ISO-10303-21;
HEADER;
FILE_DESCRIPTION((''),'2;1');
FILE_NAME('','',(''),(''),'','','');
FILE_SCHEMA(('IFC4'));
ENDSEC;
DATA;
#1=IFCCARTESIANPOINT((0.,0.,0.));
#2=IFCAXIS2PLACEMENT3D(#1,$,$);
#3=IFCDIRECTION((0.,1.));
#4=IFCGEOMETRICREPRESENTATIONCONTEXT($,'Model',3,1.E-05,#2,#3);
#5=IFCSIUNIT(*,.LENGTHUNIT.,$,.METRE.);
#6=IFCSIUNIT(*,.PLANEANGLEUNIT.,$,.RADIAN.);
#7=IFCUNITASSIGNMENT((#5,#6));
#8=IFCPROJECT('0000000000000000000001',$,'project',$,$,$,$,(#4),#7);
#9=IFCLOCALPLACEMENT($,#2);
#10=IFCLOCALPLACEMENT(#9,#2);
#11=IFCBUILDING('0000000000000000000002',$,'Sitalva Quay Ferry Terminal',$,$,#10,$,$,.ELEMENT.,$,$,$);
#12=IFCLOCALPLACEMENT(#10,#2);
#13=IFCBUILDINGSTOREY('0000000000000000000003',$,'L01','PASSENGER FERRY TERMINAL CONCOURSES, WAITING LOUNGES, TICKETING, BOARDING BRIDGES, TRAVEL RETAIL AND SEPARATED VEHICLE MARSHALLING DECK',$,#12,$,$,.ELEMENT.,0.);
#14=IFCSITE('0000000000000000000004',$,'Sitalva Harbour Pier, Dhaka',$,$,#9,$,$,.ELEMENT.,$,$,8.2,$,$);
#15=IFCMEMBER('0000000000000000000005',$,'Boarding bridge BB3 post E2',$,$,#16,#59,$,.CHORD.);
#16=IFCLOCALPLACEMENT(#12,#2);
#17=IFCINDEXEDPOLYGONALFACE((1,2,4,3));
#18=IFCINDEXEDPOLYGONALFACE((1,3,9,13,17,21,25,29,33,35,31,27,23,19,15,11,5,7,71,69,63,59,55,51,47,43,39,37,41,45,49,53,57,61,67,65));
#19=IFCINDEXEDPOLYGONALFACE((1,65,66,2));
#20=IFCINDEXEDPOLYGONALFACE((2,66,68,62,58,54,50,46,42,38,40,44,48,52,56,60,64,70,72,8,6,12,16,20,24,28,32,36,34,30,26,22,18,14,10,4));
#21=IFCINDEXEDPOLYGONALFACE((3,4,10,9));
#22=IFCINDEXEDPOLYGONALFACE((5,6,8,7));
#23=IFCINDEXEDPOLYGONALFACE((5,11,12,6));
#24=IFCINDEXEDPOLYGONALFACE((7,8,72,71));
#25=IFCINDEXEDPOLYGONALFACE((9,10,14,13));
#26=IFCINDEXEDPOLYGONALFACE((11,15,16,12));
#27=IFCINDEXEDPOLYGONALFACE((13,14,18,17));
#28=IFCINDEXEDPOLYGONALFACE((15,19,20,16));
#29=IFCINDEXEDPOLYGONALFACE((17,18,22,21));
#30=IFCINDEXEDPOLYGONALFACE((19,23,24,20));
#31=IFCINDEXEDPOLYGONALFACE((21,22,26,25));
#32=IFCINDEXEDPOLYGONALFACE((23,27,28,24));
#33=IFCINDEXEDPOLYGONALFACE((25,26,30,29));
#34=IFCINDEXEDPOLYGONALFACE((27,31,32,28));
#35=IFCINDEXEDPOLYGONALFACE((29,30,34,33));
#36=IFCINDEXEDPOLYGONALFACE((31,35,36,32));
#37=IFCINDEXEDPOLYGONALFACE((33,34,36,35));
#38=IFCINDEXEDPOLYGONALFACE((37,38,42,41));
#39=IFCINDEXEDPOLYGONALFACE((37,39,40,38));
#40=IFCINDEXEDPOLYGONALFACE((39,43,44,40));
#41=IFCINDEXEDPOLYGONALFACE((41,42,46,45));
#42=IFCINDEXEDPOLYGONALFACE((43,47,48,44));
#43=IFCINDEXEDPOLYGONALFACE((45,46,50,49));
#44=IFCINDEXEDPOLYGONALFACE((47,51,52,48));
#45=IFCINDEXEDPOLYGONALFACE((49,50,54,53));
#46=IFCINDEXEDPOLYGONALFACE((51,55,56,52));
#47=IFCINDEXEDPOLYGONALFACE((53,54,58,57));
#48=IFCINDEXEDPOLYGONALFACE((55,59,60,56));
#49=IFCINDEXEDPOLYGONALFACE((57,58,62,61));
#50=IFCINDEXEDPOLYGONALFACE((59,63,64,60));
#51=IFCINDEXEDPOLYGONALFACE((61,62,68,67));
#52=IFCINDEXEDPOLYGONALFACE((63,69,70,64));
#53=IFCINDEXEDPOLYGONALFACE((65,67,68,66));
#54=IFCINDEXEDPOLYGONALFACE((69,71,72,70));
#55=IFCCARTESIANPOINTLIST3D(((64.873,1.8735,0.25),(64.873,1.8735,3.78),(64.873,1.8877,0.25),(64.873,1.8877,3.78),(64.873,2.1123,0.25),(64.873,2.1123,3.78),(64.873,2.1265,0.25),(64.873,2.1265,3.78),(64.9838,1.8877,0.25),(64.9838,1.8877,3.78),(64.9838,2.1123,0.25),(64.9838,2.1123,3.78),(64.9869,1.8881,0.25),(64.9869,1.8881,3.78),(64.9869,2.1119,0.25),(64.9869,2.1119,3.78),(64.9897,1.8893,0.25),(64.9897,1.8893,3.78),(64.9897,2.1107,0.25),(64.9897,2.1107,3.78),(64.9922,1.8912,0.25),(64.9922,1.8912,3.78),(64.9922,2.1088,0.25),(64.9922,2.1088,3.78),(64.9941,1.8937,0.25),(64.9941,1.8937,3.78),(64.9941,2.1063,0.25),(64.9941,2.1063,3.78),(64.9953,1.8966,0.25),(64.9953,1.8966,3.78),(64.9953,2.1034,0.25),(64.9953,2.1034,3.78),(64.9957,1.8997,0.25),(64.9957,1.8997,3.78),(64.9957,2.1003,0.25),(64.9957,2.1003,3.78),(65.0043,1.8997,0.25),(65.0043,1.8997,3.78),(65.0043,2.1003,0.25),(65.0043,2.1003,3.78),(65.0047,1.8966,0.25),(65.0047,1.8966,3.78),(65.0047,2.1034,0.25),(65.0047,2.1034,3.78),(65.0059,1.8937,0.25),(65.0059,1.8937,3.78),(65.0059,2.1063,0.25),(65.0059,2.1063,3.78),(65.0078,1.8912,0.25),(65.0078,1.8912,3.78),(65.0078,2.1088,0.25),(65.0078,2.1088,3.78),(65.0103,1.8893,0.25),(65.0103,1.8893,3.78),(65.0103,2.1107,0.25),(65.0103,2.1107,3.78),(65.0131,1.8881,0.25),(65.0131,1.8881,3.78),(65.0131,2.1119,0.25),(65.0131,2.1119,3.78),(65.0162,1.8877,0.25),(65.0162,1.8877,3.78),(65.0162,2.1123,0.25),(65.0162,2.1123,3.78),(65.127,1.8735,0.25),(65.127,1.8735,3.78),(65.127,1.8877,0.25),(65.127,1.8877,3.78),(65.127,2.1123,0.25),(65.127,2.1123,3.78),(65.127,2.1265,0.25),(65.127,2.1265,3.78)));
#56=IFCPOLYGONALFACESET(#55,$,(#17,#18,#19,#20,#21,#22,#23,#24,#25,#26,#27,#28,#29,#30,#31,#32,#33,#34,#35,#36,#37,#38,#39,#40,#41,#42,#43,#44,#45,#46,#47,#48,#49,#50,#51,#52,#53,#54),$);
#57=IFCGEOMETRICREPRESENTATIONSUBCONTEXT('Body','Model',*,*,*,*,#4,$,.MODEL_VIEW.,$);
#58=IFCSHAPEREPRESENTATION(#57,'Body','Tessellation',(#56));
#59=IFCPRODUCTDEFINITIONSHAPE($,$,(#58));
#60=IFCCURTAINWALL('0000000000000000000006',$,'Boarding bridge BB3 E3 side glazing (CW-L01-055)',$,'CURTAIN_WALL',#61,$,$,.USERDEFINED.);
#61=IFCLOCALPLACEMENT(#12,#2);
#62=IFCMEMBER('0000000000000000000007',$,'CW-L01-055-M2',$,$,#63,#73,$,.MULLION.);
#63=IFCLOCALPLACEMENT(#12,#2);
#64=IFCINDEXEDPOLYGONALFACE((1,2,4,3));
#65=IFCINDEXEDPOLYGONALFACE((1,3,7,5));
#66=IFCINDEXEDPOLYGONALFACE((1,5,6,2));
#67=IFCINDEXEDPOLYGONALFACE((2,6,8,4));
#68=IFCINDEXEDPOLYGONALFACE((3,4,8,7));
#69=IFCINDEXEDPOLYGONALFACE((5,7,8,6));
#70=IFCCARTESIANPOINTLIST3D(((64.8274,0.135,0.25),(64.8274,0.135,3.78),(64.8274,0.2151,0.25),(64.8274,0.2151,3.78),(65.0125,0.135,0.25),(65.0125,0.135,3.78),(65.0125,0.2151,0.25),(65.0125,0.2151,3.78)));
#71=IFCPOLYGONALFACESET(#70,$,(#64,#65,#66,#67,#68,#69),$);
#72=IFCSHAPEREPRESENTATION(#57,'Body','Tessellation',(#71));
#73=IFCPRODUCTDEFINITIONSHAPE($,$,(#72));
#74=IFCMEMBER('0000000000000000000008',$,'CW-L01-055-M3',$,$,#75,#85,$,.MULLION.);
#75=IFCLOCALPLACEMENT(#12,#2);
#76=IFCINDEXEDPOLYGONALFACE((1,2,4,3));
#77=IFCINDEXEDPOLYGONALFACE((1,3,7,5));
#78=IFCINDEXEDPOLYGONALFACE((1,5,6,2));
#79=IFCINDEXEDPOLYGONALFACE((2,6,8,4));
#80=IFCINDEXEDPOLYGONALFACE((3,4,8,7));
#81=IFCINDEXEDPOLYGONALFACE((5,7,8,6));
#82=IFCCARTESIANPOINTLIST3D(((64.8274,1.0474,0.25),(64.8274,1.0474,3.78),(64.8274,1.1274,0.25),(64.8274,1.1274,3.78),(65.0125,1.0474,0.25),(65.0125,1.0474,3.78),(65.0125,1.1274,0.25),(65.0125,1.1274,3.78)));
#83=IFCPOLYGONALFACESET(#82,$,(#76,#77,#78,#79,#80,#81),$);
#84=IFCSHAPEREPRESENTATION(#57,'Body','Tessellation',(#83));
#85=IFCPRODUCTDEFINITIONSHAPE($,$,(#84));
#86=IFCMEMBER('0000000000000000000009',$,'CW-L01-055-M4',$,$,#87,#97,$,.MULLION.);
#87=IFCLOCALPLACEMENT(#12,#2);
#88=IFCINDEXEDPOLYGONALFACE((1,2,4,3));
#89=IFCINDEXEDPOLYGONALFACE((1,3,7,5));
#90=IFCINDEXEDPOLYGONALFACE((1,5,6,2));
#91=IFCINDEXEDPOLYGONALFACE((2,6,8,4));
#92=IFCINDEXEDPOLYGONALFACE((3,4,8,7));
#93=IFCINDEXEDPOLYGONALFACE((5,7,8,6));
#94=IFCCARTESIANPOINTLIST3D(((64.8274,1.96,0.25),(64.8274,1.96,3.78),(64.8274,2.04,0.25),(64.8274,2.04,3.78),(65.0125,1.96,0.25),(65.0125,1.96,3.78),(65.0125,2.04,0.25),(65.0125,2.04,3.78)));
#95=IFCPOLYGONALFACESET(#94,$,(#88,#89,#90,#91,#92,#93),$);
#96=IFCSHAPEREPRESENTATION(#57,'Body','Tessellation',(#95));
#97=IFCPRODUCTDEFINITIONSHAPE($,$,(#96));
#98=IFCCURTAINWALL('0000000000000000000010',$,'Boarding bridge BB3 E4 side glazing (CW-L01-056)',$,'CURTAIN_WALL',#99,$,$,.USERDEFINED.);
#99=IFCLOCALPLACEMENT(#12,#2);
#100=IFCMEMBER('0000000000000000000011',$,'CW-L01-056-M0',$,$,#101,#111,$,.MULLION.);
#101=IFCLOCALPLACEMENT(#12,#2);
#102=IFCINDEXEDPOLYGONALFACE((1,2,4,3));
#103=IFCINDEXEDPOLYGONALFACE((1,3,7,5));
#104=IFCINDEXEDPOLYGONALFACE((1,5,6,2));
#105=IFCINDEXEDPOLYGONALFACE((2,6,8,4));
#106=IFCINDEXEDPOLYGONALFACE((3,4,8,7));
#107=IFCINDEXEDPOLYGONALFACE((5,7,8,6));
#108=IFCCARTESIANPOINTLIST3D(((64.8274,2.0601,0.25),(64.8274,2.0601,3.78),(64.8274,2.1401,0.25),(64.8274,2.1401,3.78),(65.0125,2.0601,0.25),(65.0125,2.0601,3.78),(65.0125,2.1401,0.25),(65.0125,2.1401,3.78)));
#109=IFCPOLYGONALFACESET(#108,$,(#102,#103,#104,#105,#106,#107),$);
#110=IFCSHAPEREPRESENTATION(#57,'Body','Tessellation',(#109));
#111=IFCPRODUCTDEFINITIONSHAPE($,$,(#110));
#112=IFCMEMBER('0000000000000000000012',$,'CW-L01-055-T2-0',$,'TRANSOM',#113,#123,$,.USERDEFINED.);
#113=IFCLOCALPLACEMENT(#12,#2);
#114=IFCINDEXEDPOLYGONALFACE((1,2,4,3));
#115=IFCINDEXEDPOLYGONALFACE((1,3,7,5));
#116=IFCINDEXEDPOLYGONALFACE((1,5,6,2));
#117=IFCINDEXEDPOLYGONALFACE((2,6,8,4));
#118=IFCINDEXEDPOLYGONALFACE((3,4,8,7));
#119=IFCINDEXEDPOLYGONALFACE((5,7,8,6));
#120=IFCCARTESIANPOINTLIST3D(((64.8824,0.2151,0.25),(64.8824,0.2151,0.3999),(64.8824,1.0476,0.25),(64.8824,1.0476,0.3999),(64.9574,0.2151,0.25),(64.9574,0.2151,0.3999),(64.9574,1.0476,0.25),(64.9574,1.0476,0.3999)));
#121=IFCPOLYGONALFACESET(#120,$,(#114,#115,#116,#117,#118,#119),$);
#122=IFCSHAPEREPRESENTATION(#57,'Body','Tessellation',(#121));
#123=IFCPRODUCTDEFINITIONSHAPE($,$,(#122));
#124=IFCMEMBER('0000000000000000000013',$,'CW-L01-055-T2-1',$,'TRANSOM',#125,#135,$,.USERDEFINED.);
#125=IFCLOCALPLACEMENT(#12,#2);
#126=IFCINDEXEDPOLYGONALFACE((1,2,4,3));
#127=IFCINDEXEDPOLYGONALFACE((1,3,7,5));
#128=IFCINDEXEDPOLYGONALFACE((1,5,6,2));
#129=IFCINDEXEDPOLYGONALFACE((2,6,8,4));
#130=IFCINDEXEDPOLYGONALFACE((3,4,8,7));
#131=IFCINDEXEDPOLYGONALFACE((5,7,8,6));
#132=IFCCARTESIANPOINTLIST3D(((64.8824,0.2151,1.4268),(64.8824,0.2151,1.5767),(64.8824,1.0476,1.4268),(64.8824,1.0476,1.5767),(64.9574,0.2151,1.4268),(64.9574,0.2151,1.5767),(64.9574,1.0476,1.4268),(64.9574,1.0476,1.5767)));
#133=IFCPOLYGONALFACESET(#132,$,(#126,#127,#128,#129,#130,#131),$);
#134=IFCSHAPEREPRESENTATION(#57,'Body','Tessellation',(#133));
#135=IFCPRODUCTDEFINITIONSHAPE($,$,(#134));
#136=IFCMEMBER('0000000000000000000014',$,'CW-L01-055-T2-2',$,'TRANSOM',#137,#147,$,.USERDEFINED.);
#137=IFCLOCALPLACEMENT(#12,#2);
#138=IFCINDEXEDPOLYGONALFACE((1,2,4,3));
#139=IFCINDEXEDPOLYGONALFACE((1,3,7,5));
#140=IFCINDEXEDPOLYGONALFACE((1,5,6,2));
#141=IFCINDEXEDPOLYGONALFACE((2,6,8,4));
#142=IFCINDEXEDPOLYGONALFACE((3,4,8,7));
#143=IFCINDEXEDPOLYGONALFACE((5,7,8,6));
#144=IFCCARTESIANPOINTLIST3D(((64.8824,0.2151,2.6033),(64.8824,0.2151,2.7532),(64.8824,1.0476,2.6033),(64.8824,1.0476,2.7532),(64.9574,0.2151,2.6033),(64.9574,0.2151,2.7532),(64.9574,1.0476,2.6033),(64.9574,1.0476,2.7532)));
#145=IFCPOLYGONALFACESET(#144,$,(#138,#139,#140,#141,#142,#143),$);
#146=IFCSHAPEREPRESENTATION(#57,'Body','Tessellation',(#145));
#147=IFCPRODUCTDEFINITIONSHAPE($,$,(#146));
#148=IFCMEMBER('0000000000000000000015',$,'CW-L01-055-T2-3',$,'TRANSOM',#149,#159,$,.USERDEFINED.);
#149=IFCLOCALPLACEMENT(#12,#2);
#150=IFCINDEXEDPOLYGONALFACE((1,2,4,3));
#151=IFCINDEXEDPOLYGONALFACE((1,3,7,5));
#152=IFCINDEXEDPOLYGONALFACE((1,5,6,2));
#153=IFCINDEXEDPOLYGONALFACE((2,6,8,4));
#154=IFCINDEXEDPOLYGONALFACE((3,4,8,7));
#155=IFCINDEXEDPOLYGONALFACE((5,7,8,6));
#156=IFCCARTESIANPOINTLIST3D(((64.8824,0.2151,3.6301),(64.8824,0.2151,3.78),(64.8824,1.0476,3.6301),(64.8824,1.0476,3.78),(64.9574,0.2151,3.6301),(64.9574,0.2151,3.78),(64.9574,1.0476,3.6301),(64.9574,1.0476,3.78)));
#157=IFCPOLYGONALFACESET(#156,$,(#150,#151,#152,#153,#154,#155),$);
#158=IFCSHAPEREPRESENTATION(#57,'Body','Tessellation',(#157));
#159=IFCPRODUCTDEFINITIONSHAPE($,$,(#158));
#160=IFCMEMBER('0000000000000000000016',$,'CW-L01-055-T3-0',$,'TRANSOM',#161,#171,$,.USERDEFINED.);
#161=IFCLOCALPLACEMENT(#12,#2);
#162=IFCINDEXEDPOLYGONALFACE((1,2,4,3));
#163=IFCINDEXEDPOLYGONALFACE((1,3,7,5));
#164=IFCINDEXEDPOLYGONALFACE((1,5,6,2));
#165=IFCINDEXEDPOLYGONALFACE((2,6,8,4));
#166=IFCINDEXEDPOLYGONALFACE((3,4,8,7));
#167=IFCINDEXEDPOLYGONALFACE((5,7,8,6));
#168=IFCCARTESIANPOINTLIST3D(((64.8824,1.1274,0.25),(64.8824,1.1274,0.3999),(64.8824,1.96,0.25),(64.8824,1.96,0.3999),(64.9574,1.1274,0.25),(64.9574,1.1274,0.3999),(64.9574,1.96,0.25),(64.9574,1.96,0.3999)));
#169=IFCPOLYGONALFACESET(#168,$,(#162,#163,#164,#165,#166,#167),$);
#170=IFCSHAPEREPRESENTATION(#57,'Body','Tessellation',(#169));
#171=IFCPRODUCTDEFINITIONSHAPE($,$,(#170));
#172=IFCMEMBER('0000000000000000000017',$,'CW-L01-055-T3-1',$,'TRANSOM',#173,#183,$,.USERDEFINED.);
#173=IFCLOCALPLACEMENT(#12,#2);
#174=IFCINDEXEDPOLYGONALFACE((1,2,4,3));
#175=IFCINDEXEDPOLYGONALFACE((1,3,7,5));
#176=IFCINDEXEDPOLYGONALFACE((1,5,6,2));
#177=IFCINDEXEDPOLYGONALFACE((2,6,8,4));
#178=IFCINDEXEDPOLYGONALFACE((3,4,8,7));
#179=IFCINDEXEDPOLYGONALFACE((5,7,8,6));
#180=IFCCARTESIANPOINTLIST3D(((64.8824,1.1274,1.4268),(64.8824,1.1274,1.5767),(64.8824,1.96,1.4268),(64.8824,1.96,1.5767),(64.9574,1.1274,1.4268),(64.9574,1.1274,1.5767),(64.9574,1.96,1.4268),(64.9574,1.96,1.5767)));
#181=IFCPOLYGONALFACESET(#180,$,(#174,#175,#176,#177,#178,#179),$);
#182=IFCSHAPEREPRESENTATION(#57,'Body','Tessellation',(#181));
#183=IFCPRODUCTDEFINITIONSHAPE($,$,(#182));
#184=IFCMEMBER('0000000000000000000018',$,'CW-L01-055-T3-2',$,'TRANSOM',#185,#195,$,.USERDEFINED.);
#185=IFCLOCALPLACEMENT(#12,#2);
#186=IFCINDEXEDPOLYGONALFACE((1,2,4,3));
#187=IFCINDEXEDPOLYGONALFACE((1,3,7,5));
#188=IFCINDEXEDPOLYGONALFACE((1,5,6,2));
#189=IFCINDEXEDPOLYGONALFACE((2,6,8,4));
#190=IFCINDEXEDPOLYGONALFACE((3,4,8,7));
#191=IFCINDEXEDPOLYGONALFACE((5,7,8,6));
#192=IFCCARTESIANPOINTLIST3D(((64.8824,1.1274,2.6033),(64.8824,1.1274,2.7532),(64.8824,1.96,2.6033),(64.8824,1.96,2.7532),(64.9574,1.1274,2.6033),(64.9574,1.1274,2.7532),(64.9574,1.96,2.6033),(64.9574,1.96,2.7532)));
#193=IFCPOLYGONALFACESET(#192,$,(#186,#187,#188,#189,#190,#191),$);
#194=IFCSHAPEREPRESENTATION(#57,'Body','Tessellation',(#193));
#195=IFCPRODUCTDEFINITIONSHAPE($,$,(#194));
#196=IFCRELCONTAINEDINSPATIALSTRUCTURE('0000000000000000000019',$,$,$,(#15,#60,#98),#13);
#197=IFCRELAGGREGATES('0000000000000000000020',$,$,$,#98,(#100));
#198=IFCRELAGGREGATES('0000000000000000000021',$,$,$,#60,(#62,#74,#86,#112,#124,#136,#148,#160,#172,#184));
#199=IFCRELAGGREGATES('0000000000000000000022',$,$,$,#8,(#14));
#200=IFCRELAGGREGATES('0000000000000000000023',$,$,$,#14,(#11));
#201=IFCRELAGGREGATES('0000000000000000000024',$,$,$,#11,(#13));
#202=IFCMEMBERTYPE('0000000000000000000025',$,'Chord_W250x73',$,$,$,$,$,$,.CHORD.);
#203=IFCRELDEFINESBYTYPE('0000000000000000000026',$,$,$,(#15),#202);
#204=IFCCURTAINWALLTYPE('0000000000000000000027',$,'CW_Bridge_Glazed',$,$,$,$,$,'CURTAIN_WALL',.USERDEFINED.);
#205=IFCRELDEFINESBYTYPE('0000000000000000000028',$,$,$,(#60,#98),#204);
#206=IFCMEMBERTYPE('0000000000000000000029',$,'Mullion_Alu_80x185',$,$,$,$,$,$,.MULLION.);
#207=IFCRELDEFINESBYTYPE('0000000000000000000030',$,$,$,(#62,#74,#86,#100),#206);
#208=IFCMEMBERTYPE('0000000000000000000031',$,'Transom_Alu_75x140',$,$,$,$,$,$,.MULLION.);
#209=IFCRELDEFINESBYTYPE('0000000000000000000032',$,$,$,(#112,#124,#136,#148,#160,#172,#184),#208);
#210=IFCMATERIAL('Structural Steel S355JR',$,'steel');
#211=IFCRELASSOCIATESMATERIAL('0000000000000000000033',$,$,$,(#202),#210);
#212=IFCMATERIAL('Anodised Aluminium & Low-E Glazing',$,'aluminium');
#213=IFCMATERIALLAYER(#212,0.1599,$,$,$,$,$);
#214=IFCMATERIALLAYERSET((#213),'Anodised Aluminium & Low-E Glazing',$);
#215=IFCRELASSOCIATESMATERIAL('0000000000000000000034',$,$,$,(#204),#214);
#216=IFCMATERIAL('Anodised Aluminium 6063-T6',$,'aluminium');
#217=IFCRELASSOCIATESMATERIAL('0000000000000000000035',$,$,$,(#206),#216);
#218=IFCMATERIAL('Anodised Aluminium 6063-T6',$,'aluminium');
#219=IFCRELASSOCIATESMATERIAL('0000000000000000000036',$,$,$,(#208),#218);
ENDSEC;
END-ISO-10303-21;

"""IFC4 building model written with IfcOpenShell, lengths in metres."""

from ifc_helpers import new_model, si_unit, direction, frame, origin, origin_2d, place, context, subcontext, project, spatial, rectangle, i_section, extrude, material, layer, layer_set, material_profile, profile_set, type_object, element, aggregate, save


model = new_model("IFC4")

# Units and contexts
model_context = context("Model", 3, precision=1e-05, world=origin(), true_north=direction((0.0, 1.0)))
body_context = subcontext(model_context, "Body", "Model", "MODEL_VIEW")
ifc_project = project(units=[si_unit("LENGTHUNIT", "METRE"), si_unit("PLANEANGLEUNIT", "RADIAN")], contexts=[model_context])

# Site, building, storey
site_placement = place(None, origin())
site = spatial("IfcSite", under=ifc_project, at=site_placement, Name="Sitalva Harbour Pier, Dhaka", CompositionType="ELEMENT", RefElevation=8.2)
building_placement = place(site_placement, origin())
building = spatial("IfcBuilding", under=site, at=building_placement, Name="Sitalva Quay Ferry Terminal", CompositionType="ELEMENT")
storey_placement = place(building_placement, origin())
storey = spatial("IfcBuildingStorey", under=building, at=storey_placement, Name="L01", Description="PASSENGER FERRY TERMINAL CONCOURSES, WAITING LOUNGES, TICKETING, BOARDING BRIDGES, TRAVEL RETAIL AND SEPARATED VEHICLE MARSHALLING DECK", CompositionType="ELEMENT", Elevation=0.0)

# Member
ifc_material_1 = material(Name="Structural Steel S355JR", Category="steel")
ifc_material_profile_1 = material_profile(ifc_material_1, i_section(OverallWidth=0.2539, OverallDepth=0.2529, WebThickness=0.0085, FlangeThickness=0.0142, FilletRadius=0.012, at=origin_2d()), Name="W250x73")
ifc_profile_set_1 = profile_set([ifc_material_profile_1], Name="Structural Steel S355JR")
member_type_1 = type_object("IfcMemberType", Name="Chord_W250x73", PredefinedType="CHORD", material=ifc_profile_set_1)
member_1_placement = place(storey_placement, frame((65.0, 2.0, 0.25), z_axis=(0.0, 0.0, 1.0), x_axis=(1.0, 0.0, 0.0)))
element("IfcMember", 1, at=member_1_placement, inside=storey, type_object=member_type_1, Name="Boarding bridge BB3 post E2", PredefinedType="CHORD", context=body_context, shape_type="SweptSolid", body=[
    extrude(i_section(OverallWidth=0.2539, OverallDepth=0.2529, WebThickness=0.0085, FlangeThickness=0.0142, FilletRadius=0.012, at=origin_2d()), origin(), (0.0, 0.0, 1.0), 3.53),
])

# Curtain wall, members
ifc_material_2 = material(Name="Anodised Aluminium & Low-E Glazing", Category="aluminium")
ifc_layer_1 = layer(ifc_material_2, 0.1599)
ifc_layer_set_1 = layer_set([ifc_layer_1], Name="Anodised Aluminium & Low-E Glazing")
curtain_wall_type = type_object("IfcCurtainWallType", Name="CW_Bridge_Glazed", ElementType="CURTAIN_WALL", PredefinedType="USERDEFINED", material=ifc_layer_set_1)
curtain_wall_1_placement = place(storey_placement, origin())
curtain_wall_1 = element("IfcCurtainWall", 2, at=curtain_wall_1_placement, inside=storey, type_object=curtain_wall_type, Name="Boarding bridge BB3 E3 side glazing (CW-L01-055)", ObjectType="CURTAIN_WALL", PredefinedType="USERDEFINED")
ifc_material_3 = material(Name="Anodised Aluminium 6063-T6", Category="aluminium")
ifc_material_profile_2 = material_profile(ifc_material_3, rectangle(XDim=0.0801, YDim=0.1851, at=origin_2d()), Name="ALU80x185")
ifc_profile_set_2 = profile_set([ifc_material_profile_2], Name="Anodised Aluminium 6063-T6")
member_type_2 = type_object("IfcMemberType", Name="Mullion_Alu_80x185", PredefinedType="MULLION", material=ifc_profile_set_2)
member_2_placement = place(storey_placement, frame((64.9199, 0.175, 0.25), z_axis=(0.0, 0.0, 1.0), x_axis=(0.0, 1.0, 0.0)))
member_2 = element("IfcMember", 3, at=member_2_placement, type_object=member_type_2, Name="CW-L01-055-M2", PredefinedType="MULLION", context=body_context, shape_type="SweptSolid", body=[
    extrude(rectangle(XDim=0.0801, YDim=0.1851, at=origin_2d()), origin(), (0.0, 0.0, 1.0), 3.53),
])
member_3_placement = place(storey_placement, frame((64.9199, 1.0874, 0.25), z_axis=(0.0, 0.0, 1.0), x_axis=(0.0, 1.0, 0.0)))
member_3 = element("IfcMember", 4, at=member_3_placement, type_object=member_type_2, Name="CW-L01-055-M3", PredefinedType="MULLION", context=body_context, shape_type="SweptSolid", body=[
    extrude(rectangle(XDim=0.0801, YDim=0.1851, at=origin_2d()), origin(), (0.0, 0.0, 1.0), 3.53),
])
member_4_placement = place(storey_placement, frame((64.9199, 2.0, 0.25), z_axis=(0.0, 0.0, 1.0), x_axis=(0.0, 1.0, 0.0)))
member_4 = element("IfcMember", 5, at=member_4_placement, type_object=member_type_2, Name="CW-L01-055-M4", PredefinedType="MULLION", context=body_context, shape_type="SweptSolid", body=[
    extrude(rectangle(XDim=0.0801, YDim=0.1851, at=origin_2d()), origin(), (0.0, 0.0, 1.0), 3.53),
])

# Curtain wall, member
curtain_wall_2_placement = place(storey_placement, origin())
curtain_wall_2 = element("IfcCurtainWall", 6, at=curtain_wall_2_placement, inside=storey, type_object=curtain_wall_type, Name="Boarding bridge BB3 E4 side glazing (CW-L01-056)", ObjectType="CURTAIN_WALL", PredefinedType="USERDEFINED")
member_5_placement = place(storey_placement, frame((64.9199, 2.1001, 0.25), z_axis=(0.0, 0.0, 1.0), x_axis=(0.0, 1.0, 0.0)))
member_5 = element("IfcMember", 7, at=member_5_placement, type_object=member_type_2, Name="CW-L01-056-M0", PredefinedType="MULLION", context=body_context, shape_type="SweptSolid", body=[
    extrude(rectangle(XDim=0.0801, YDim=0.1851, at=origin_2d()), origin(), (0.0, 0.0, 1.0), 3.53),
])
aggregate(curtain_wall_2, [member_5])

# Members
ifc_material_4 = material(Name="Anodised Aluminium 6063-T6", Category="aluminium")
ifc_material_profile_3 = material_profile(ifc_material_4, rectangle(XDim=0.075, YDim=0.1499, at=origin_2d()), Name="ALU75x150")
ifc_profile_set_3 = profile_set([ifc_material_profile_3], Name="Anodised Aluminium 6063-T6")
member_type_3 = type_object("IfcMemberType", Name="Transom_Alu_75x140", PredefinedType="MULLION", material=ifc_profile_set_3)
member_6_placement = place(storey_placement, frame((64.9199, 0.2151, 0.325), z_axis=(0.0, 1.0, 0.0), x_axis=(-1.0, 0.0, 0.0)))
member_6 = element("IfcMember", 8, at=member_6_placement, type_object=member_type_3, Name="CW-L01-055-T2-0", ObjectType="TRANSOM", PredefinedType="USERDEFINED", context=body_context, shape_type="SweptSolid", body=[
    extrude(rectangle(XDim=0.075, YDim=0.1499, at=origin_2d()), origin(), (0.0, 0.0, 1.0), 0.8325),
])
member_7_placement = place(storey_placement, frame((64.9199, 0.2151, 1.5017), z_axis=(0.0, 1.0, 0.0), x_axis=(-1.0, 0.0, 0.0)))
member_7 = element("IfcMember", 9, at=member_7_placement, type_object=member_type_3, Name="CW-L01-055-T2-1", ObjectType="TRANSOM", PredefinedType="USERDEFINED", context=body_context, shape_type="SweptSolid", body=[
    extrude(rectangle(XDim=0.075, YDim=0.1499, at=origin_2d()), origin(), (0.0, 0.0, 1.0), 0.8325),
])
member_8_placement = place(storey_placement, frame((64.9199, 0.2151, 2.6782), z_axis=(0.0, 1.0, 0.0), x_axis=(-1.0, 0.0, 0.0)))
member_8 = element("IfcMember", 10, at=member_8_placement, type_object=member_type_3, Name="CW-L01-055-T2-2", ObjectType="TRANSOM", PredefinedType="USERDEFINED", context=body_context, shape_type="SweptSolid", body=[
    extrude(rectangle(XDim=0.075, YDim=0.1499, at=origin_2d()), origin(), (0.0, 0.0, 1.0), 0.8325),
])
member_9_placement = place(storey_placement, frame((64.9199, 0.2151, 3.7051), z_axis=(0.0, 1.0, 0.0), x_axis=(-1.0, 0.0, 0.0)))
member_9 = element("IfcMember", 11, at=member_9_placement, type_object=member_type_3, Name="CW-L01-055-T2-3", ObjectType="TRANSOM", PredefinedType="USERDEFINED", context=body_context, shape_type="SweptSolid", body=[
    extrude(rectangle(XDim=0.075, YDim=0.1499, at=origin_2d()), origin(), (0.0, 0.0, 1.0), 0.8325),
])
member_10_placement = place(storey_placement, frame((64.9199, 1.1274, 0.325), z_axis=(0.0, 1.0, 0.0), x_axis=(-1.0, 0.0, 0.0)))
member_10 = element("IfcMember", 12, at=member_10_placement, type_object=member_type_3, Name="CW-L01-055-T3-0", ObjectType="TRANSOM", PredefinedType="USERDEFINED", context=body_context, shape_type="SweptSolid", body=[
    extrude(rectangle(XDim=0.075, YDim=0.1499, at=origin_2d()), origin(), (0.0, 0.0, 1.0), 0.8325),
])
member_11_placement = place(storey_placement, frame((64.9199, 1.1274, 1.5017), z_axis=(0.0, 1.0, 0.0), x_axis=(-1.0, 0.0, 0.0)))
member_11 = element("IfcMember", 13, at=member_11_placement, type_object=member_type_3, Name="CW-L01-055-T3-1", ObjectType="TRANSOM", PredefinedType="USERDEFINED", context=body_context, shape_type="SweptSolid", body=[
    extrude(rectangle(XDim=0.075, YDim=0.1499, at=origin_2d()), origin(), (0.0, 0.0, 1.0), 0.8325),
])
member_12_placement = place(storey_placement, frame((64.9199, 1.1274, 2.6782), z_axis=(0.0, 1.0, 0.0), x_axis=(-1.0, 0.0, 0.0)))
member_12 = element("IfcMember", 14, at=member_12_placement, type_object=member_type_3, Name="CW-L01-055-T3-2", ObjectType="TRANSOM", PredefinedType="USERDEFINED", context=body_context, shape_type="SweptSolid", body=[
    extrude(rectangle(XDim=0.075, YDim=0.1499, at=origin_2d()), origin(), (0.0, 0.0, 1.0), 0.8325),
])

aggregate(curtain_wall_1, [member_2, member_3, member_4, member_6, member_7, member_8, member_9, member_10, member_11, member_12])

save(model, "model.ifc")
